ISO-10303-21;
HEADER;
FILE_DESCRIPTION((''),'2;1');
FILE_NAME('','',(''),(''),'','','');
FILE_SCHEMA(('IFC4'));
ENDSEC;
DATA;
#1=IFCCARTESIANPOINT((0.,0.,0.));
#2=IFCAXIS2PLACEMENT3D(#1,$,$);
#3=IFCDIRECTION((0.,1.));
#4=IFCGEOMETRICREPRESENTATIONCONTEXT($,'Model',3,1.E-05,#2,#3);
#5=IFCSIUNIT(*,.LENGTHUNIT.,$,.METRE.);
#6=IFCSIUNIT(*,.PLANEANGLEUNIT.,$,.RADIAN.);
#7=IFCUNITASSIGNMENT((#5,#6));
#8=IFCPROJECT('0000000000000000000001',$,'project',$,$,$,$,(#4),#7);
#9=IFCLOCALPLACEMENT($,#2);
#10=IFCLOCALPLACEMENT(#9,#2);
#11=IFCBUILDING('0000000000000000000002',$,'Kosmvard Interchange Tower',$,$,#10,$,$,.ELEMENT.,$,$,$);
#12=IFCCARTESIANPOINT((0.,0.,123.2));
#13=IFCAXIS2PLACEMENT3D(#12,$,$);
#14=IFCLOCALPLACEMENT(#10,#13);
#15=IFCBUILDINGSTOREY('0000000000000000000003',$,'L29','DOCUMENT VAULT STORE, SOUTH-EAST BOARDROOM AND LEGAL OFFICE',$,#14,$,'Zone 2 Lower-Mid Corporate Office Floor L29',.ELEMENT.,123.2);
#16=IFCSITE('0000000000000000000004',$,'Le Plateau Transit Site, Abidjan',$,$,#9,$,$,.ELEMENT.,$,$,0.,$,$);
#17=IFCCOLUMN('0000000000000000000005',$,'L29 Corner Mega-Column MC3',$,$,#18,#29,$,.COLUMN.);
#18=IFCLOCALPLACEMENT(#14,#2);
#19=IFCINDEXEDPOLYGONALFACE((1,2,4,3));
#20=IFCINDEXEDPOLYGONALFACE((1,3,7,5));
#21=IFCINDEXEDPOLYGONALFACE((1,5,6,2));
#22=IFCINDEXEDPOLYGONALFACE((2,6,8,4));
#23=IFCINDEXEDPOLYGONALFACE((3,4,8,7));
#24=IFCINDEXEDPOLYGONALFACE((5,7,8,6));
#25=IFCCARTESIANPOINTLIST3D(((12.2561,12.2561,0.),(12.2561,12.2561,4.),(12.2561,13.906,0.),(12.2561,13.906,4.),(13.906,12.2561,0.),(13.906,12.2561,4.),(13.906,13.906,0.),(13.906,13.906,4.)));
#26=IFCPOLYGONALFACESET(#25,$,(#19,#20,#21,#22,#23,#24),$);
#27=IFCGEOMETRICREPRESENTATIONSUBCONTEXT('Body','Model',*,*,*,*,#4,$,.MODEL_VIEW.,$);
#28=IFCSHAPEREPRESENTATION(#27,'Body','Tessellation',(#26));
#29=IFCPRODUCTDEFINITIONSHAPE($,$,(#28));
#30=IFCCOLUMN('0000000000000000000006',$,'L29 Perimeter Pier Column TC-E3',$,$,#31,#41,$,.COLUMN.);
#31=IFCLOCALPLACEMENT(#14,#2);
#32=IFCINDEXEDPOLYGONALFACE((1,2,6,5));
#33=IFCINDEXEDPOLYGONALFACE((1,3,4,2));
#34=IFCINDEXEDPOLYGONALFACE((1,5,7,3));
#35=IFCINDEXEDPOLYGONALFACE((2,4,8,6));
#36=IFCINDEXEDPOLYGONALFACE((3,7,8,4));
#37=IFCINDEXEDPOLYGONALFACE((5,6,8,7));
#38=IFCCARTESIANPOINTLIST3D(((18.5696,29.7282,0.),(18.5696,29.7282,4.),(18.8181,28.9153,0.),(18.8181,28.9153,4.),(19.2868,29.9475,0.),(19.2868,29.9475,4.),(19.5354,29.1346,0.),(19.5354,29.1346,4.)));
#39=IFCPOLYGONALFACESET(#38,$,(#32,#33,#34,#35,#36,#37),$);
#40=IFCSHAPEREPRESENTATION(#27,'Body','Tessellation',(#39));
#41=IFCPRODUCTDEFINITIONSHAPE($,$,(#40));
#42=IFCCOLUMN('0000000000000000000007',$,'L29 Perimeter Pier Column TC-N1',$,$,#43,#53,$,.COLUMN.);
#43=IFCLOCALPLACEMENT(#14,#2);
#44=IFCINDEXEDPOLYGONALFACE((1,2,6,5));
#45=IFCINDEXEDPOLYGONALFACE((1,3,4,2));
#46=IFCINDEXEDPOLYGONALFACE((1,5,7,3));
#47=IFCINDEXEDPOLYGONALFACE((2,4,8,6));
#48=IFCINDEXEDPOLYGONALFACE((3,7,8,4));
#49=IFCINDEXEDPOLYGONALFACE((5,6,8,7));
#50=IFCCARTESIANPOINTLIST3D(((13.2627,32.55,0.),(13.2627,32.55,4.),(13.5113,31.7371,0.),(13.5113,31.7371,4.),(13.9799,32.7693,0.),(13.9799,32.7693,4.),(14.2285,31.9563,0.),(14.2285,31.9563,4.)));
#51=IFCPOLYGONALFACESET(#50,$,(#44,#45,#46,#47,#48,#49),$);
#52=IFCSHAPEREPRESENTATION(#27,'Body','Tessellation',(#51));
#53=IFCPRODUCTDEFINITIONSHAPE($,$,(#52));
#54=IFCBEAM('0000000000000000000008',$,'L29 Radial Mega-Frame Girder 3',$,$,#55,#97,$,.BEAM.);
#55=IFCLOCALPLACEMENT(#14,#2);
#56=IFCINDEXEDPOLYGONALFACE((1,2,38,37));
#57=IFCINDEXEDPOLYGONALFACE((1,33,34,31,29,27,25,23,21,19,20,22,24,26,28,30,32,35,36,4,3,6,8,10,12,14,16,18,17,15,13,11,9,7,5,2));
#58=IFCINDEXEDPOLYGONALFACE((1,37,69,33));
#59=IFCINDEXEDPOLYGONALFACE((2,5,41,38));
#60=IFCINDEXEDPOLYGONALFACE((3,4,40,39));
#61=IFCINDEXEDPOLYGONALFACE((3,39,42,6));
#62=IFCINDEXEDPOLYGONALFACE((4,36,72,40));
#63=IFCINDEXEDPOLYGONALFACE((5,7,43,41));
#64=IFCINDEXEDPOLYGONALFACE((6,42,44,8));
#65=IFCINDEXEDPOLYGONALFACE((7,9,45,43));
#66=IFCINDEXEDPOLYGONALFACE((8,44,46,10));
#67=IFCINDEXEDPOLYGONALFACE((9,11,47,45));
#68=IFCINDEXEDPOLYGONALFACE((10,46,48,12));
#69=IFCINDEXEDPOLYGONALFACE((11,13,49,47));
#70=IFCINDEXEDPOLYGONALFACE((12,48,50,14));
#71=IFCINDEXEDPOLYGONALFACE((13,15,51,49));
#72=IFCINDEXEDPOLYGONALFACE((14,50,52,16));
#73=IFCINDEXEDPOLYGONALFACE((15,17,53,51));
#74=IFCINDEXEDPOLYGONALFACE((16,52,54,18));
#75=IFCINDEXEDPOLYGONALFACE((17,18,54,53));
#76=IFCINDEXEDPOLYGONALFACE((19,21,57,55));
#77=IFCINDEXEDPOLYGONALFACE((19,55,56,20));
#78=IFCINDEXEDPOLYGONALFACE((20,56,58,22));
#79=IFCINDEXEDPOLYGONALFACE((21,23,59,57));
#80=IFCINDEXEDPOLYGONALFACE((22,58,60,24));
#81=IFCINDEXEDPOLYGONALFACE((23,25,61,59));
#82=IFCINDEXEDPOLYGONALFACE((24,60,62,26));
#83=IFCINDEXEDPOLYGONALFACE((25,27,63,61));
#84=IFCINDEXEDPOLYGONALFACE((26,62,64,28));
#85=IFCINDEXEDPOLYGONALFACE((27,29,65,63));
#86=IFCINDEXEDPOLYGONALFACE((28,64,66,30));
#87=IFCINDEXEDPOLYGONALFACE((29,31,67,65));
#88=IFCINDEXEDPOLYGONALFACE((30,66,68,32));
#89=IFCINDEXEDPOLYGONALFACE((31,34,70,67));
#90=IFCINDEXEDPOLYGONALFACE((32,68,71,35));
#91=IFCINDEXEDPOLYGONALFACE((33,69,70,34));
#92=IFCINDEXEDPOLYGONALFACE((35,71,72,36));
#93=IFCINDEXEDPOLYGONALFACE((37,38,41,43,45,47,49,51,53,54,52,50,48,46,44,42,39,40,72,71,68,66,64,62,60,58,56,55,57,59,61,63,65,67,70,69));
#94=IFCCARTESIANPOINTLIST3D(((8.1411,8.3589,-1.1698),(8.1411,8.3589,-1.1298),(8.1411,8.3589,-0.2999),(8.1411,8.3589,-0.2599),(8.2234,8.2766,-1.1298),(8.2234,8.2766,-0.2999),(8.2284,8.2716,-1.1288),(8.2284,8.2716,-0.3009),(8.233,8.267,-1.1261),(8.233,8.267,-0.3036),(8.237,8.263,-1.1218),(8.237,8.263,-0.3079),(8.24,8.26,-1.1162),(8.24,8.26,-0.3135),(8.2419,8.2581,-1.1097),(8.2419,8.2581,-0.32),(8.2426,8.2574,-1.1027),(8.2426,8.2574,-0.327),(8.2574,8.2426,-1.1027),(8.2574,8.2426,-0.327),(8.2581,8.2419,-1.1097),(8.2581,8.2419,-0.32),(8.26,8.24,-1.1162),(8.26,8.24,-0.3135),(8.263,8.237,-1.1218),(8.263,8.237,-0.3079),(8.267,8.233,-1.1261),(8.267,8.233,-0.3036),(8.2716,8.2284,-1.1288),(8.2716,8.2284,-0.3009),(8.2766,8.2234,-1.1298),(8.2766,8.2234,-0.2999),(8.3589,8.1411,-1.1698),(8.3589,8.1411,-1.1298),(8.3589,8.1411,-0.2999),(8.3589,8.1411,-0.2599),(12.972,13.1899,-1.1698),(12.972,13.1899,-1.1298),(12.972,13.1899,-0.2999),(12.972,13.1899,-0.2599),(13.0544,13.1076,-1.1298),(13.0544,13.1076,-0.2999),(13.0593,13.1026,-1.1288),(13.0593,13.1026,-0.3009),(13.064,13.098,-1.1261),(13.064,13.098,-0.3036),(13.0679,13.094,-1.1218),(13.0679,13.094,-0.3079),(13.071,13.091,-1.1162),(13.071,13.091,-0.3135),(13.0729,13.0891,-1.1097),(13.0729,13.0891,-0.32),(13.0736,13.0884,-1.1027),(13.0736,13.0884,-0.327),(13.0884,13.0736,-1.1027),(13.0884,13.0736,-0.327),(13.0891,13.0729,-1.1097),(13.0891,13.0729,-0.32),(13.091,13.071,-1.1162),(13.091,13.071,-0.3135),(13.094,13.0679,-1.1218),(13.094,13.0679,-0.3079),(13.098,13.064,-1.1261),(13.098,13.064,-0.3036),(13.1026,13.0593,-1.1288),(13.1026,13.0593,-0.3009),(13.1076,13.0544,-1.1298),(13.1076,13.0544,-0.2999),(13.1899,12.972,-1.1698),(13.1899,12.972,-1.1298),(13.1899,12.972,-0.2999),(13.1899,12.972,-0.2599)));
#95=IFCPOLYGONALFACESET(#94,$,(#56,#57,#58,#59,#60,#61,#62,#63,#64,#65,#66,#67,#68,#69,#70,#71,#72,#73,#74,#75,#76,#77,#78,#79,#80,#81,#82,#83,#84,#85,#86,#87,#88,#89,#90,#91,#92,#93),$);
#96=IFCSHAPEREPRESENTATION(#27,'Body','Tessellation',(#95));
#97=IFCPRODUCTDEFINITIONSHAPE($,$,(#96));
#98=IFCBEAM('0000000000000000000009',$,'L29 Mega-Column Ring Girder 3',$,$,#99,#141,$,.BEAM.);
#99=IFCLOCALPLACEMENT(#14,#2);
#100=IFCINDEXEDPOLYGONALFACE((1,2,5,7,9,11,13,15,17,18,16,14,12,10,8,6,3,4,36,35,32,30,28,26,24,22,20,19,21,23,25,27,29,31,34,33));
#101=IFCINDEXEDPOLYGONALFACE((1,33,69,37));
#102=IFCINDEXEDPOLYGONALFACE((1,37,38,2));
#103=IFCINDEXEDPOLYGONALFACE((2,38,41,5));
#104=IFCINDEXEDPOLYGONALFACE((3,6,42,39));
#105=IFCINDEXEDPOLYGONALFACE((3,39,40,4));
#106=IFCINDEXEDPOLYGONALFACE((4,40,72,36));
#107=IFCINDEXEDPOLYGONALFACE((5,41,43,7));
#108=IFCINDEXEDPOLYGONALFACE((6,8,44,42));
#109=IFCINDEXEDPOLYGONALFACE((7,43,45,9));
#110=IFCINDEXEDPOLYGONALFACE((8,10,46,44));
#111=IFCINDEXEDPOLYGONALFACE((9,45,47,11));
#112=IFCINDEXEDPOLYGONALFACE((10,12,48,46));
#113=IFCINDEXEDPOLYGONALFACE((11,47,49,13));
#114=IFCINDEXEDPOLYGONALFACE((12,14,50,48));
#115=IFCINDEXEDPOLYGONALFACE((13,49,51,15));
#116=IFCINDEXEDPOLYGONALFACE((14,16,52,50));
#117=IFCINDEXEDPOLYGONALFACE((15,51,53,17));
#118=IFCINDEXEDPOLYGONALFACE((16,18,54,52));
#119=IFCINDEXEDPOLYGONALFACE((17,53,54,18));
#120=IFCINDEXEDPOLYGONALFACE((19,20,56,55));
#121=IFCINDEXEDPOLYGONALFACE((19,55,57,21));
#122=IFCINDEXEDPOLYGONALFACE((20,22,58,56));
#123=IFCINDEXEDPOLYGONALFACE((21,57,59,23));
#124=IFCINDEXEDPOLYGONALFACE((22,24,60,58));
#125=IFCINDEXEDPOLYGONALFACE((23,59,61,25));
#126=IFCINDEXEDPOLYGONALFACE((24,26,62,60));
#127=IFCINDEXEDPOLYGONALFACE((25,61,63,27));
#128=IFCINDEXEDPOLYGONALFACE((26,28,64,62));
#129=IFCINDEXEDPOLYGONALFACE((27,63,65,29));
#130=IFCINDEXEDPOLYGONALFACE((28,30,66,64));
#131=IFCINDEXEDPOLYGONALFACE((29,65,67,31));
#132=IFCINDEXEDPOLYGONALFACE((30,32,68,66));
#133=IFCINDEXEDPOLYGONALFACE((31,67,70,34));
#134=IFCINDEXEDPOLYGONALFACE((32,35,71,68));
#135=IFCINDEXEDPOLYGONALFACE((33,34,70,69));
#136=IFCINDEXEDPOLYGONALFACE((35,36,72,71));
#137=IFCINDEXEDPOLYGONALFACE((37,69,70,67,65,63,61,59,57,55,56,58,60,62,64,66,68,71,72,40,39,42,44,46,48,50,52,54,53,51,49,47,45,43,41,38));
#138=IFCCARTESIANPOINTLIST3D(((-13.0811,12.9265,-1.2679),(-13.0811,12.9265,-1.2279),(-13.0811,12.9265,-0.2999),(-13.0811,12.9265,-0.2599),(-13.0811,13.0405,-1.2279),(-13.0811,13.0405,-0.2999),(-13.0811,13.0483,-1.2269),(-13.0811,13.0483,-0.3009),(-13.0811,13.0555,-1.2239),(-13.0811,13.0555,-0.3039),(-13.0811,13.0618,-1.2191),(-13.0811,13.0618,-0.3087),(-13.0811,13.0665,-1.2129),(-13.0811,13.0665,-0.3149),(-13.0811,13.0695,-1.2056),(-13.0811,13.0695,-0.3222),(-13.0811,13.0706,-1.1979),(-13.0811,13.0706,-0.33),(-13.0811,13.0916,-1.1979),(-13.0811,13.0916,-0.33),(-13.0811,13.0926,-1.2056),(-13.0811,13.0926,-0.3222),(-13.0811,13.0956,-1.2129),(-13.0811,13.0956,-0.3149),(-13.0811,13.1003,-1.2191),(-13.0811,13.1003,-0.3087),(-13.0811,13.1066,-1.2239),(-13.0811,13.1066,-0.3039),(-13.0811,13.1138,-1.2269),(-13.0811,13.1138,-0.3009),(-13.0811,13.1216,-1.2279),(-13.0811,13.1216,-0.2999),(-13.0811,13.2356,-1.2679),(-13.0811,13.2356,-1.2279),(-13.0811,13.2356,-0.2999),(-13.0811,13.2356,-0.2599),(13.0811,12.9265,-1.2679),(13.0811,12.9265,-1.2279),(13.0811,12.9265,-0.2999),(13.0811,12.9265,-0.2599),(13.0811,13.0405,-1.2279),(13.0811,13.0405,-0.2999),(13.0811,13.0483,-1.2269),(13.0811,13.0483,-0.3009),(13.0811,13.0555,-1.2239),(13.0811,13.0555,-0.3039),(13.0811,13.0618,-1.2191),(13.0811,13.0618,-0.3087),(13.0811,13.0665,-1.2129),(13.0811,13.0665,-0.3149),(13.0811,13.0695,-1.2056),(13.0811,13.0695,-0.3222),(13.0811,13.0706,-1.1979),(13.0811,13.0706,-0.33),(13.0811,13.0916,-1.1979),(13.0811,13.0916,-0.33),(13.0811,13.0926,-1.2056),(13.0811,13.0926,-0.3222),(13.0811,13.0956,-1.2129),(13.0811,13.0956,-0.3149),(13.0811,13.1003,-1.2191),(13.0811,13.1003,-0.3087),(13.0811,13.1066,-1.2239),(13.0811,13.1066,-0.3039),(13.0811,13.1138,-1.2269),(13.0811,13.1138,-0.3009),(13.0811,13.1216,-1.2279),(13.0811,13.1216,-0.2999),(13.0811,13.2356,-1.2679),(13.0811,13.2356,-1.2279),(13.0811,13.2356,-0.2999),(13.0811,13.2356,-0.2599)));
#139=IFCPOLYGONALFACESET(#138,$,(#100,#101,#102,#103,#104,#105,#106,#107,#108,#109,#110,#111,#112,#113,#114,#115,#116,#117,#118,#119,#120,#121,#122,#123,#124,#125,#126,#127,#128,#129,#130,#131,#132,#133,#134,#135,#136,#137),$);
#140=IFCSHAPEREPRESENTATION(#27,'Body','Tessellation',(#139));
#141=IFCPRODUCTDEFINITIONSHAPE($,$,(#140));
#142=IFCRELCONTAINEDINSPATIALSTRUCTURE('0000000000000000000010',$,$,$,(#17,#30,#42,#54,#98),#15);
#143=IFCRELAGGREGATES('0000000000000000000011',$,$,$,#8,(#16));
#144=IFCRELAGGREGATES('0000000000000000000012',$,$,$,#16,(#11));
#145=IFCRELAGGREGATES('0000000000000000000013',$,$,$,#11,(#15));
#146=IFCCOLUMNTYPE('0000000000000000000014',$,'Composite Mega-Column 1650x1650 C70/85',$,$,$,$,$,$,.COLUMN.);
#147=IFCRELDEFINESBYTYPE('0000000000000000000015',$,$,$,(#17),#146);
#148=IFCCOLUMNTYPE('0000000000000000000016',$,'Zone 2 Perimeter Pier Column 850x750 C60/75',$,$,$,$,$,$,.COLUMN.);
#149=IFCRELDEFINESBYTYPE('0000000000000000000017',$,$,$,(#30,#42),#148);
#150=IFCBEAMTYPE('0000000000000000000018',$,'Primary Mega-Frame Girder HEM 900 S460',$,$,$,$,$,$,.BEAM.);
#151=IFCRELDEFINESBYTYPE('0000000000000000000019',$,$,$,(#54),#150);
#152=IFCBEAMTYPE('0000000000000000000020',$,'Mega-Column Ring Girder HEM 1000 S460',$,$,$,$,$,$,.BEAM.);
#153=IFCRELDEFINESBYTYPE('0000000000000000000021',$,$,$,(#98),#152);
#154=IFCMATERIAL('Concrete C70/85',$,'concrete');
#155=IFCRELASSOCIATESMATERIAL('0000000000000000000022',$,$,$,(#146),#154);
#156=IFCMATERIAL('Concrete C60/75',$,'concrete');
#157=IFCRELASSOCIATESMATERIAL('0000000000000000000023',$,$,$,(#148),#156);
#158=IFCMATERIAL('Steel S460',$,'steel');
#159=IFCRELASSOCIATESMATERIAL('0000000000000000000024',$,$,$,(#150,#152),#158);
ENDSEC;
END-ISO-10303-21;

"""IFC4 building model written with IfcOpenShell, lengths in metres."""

from ifc_helpers import new_model, si_unit, direction, frame, origin, origin_2d, place, context, subcontext, project, spatial, rectangle, i_section, extrude, source, transform, mapped, material, material_profile, profile_set, type_object, element, save


model = new_model("IFC4")

# Units and contexts
model_context = context("Model", 3, precision=1e-05, world=origin(), true_north=direction((0.0, 1.0)))
body_context = subcontext(model_context, "Body", "Model", "MODEL_VIEW")
ifc_project = project(units=[si_unit("LENGTHUNIT", "METRE"), si_unit("PLANEANGLEUNIT", "RADIAN")], contexts=[model_context])

# Site, building, storey
site_placement = place(None, origin())
site = spatial("IfcSite", under=ifc_project, at=site_placement, Name="Le Plateau Transit Site, Abidjan", CompositionType="ELEMENT", RefElevation=0.0)
building_placement = place(site_placement, origin())
building = spatial("IfcBuilding", under=site, at=building_placement, Name="Kosmvard Interchange Tower", CompositionType="ELEMENT")
storey_placement = place(building_placement, frame((0.0, 0.0, 123.2)))
storey = spatial("IfcBuildingStorey", under=building, at=storey_placement, Name="L29", Description="DOCUMENT VAULT STORE, SOUTH-EAST BOARDROOM AND LEGAL OFFICE", LongName="Zone 2 Lower-Mid Corporate Office Floor L29", CompositionType="ELEMENT", Elevation=123.2)

# Columns
ifc_material_1 = material(Name="Concrete C70/85", Category="concrete")
ifc_material_profile_1 = material_profile(ifc_material_1, rectangle(XDim=1.6499, YDim=1.6499, at=origin_2d()), Name="MC 1650x1650")
ifc_profile_set_1 = profile_set([ifc_material_profile_1], Name="Concrete C70/85")
column_type_1 = type_object("IfcColumnType", Name="Composite Mega-Column 1650x1650 C70/85", PredefinedType="COLUMN", material=ifc_profile_set_1)
shared_shape_1 = source(origin(), body_context, "Body", "SweptSolid", [
    extrude(rectangle(XDim=1.6499, YDim=1.6499, at=origin_2d()), origin(), (0.0, 0.0, 1.0), 4.0),
])
column_placement = place(storey_placement, frame((13.0811, 13.0811, 0.0), z_axis=(0.0, 0.0, 1.0), x_axis=(1.0, 0.0, 0.0)))
element("IfcColumn", 1, at=column_placement, inside=storey, type_object=column_type_1, Name="L29 Corner Mega-Column MC3", PredefinedType="COLUMN", context=body_context, shape_type="MappedRepresentation", body=[
    mapped(shared_shape_1, transform((0.0, 0.0, 0.0), scale=1.0)),
])
ifc_material_2 = material(Name="Concrete C60/75", Category="concrete")
ifc_material_profile_2 = material_profile(ifc_material_2, rectangle(XDim=0.75, YDim=0.8501, at=origin_2d()), Name="TC 850x750")
ifc_profile_set_2 = profile_set([ifc_material_profile_2], Name="Concrete C60/75")
column_type_2 = type_object("IfcColumnType", Name="Zone 2 Perimeter Pier Column 850x750 C60/75", PredefinedType="COLUMN", material=ifc_profile_set_2)
shared_shape_2 = source(origin(), body_context, "Body", "SweptSolid", [
    extrude(rectangle(XDim=0.75, YDim=0.8501, at=origin_2d()), origin(), (0.0, 0.0, 1.0), 4.0),
])
for number, where, z_axis, x_axis, name in (
    (2, (19.0525, 29.4314, 0.0), (0.0, 0.0, 1.0), (0.956305, 0.292372, 0.0), "L29 Perimeter Pier Column TC-E3"),
    (3, (13.7456, 32.2532, 0.0), (0.0, 0.0, 1.0), (0.956305, 0.292372, 0.0), "L29 Perimeter Pier Column TC-N1"),
):
    element("IfcColumn", number, at=place(storey_placement, frame(where, z_axis=z_axis, x_axis=x_axis)), inside=storey, type_object=column_type_2, Name=name, PredefinedType="COLUMN", context=body_context, shape_type="MappedRepresentation", body=[
        mapped(shared_shape_2, transform((0.0, 0.0, 0.0), scale=1.0)),
    ])

# Beams
ifc_material_3 = material(Name="Steel S460", Category="steel")
ifc_material_profile_3 = material_profile(ifc_material_3, i_section(OverallWidth=0.3081, OverallDepth=0.9099, WebThickness=0.021, FlangeThickness=0.04, FilletRadius=0.0271, at=origin_2d()), Name="HEM 900")
ifc_profile_set_3 = profile_set([ifc_material_profile_3], Name="Steel S460")
beam_type_1 = type_object("IfcBeamType", Name="Primary Mega-Frame Girder HEM 900 S460", PredefinedType="BEAM", material=ifc_profile_set_3)
shared_shape_3 = source(origin(), body_context, "Body", "SweptSolid", [
    extrude(i_section(OverallWidth=0.3081, OverallDepth=0.9099, WebThickness=0.021, FlangeThickness=0.04, FilletRadius=0.0271, at=origin_2d()), origin(), (0.0, 0.0, 1.0), 6.832),
])
beam_1_placement = place(storey_placement, frame((8.25, 8.25, -0.7148), z_axis=(0.707107, 0.707107, 0.0), x_axis=(-0.707107, 0.707107, 0.0)))
element("IfcBeam", 4, at=beam_1_placement, inside=storey, type_object=beam_type_1, Name="L29 Radial Mega-Frame Girder 3", PredefinedType="BEAM", context=body_context, shape_type="MappedRepresentation", body=[
    mapped(shared_shape_3, transform((0.0, 0.0, 0.0), scale=1.0)),
])
ifc_material_profile_4 = material_profile(ifc_material_3, i_section(OverallWidth=0.3091, OverallDepth=1.0081, WebThickness=0.021, FlangeThickness=0.04, FilletRadius=0.03, at=origin_2d()), Name="HEM 1000")
ifc_profile_set_4 = profile_set([ifc_material_profile_4], Name="Steel S460")
beam_type_2 = type_object("IfcBeamType", Name="Mega-Column Ring Girder HEM 1000 S460", PredefinedType="BEAM", material=ifc_profile_set_4)
shared_shape_4 = source(origin(), body_context, "Body", "SweptSolid", [
    extrude(i_section(OverallWidth=0.3091, OverallDepth=1.0081, WebThickness=0.021, FlangeThickness=0.04, FilletRadius=0.03, at=origin_2d()), origin(), (0.0, 0.0, 1.0), 26.1621),
])
beam_2_placement = place(storey_placement, frame((13.0811, 13.0811, -0.7639), z_axis=(-1.0, 0.0, 0.0), x_axis=(0.0, -1.0, 0.0)))
element("IfcBeam", 5, at=beam_2_placement, inside=storey, type_object=beam_type_2, Name="L29 Mega-Column Ring Girder 3", PredefinedType="BEAM", context=body_context, shape_type="MappedRepresentation", body=[
    mapped(shared_shape_4, transform((0.0, 0.0, 0.0), scale=1.0)),
])

save(model, "model.ifc")
